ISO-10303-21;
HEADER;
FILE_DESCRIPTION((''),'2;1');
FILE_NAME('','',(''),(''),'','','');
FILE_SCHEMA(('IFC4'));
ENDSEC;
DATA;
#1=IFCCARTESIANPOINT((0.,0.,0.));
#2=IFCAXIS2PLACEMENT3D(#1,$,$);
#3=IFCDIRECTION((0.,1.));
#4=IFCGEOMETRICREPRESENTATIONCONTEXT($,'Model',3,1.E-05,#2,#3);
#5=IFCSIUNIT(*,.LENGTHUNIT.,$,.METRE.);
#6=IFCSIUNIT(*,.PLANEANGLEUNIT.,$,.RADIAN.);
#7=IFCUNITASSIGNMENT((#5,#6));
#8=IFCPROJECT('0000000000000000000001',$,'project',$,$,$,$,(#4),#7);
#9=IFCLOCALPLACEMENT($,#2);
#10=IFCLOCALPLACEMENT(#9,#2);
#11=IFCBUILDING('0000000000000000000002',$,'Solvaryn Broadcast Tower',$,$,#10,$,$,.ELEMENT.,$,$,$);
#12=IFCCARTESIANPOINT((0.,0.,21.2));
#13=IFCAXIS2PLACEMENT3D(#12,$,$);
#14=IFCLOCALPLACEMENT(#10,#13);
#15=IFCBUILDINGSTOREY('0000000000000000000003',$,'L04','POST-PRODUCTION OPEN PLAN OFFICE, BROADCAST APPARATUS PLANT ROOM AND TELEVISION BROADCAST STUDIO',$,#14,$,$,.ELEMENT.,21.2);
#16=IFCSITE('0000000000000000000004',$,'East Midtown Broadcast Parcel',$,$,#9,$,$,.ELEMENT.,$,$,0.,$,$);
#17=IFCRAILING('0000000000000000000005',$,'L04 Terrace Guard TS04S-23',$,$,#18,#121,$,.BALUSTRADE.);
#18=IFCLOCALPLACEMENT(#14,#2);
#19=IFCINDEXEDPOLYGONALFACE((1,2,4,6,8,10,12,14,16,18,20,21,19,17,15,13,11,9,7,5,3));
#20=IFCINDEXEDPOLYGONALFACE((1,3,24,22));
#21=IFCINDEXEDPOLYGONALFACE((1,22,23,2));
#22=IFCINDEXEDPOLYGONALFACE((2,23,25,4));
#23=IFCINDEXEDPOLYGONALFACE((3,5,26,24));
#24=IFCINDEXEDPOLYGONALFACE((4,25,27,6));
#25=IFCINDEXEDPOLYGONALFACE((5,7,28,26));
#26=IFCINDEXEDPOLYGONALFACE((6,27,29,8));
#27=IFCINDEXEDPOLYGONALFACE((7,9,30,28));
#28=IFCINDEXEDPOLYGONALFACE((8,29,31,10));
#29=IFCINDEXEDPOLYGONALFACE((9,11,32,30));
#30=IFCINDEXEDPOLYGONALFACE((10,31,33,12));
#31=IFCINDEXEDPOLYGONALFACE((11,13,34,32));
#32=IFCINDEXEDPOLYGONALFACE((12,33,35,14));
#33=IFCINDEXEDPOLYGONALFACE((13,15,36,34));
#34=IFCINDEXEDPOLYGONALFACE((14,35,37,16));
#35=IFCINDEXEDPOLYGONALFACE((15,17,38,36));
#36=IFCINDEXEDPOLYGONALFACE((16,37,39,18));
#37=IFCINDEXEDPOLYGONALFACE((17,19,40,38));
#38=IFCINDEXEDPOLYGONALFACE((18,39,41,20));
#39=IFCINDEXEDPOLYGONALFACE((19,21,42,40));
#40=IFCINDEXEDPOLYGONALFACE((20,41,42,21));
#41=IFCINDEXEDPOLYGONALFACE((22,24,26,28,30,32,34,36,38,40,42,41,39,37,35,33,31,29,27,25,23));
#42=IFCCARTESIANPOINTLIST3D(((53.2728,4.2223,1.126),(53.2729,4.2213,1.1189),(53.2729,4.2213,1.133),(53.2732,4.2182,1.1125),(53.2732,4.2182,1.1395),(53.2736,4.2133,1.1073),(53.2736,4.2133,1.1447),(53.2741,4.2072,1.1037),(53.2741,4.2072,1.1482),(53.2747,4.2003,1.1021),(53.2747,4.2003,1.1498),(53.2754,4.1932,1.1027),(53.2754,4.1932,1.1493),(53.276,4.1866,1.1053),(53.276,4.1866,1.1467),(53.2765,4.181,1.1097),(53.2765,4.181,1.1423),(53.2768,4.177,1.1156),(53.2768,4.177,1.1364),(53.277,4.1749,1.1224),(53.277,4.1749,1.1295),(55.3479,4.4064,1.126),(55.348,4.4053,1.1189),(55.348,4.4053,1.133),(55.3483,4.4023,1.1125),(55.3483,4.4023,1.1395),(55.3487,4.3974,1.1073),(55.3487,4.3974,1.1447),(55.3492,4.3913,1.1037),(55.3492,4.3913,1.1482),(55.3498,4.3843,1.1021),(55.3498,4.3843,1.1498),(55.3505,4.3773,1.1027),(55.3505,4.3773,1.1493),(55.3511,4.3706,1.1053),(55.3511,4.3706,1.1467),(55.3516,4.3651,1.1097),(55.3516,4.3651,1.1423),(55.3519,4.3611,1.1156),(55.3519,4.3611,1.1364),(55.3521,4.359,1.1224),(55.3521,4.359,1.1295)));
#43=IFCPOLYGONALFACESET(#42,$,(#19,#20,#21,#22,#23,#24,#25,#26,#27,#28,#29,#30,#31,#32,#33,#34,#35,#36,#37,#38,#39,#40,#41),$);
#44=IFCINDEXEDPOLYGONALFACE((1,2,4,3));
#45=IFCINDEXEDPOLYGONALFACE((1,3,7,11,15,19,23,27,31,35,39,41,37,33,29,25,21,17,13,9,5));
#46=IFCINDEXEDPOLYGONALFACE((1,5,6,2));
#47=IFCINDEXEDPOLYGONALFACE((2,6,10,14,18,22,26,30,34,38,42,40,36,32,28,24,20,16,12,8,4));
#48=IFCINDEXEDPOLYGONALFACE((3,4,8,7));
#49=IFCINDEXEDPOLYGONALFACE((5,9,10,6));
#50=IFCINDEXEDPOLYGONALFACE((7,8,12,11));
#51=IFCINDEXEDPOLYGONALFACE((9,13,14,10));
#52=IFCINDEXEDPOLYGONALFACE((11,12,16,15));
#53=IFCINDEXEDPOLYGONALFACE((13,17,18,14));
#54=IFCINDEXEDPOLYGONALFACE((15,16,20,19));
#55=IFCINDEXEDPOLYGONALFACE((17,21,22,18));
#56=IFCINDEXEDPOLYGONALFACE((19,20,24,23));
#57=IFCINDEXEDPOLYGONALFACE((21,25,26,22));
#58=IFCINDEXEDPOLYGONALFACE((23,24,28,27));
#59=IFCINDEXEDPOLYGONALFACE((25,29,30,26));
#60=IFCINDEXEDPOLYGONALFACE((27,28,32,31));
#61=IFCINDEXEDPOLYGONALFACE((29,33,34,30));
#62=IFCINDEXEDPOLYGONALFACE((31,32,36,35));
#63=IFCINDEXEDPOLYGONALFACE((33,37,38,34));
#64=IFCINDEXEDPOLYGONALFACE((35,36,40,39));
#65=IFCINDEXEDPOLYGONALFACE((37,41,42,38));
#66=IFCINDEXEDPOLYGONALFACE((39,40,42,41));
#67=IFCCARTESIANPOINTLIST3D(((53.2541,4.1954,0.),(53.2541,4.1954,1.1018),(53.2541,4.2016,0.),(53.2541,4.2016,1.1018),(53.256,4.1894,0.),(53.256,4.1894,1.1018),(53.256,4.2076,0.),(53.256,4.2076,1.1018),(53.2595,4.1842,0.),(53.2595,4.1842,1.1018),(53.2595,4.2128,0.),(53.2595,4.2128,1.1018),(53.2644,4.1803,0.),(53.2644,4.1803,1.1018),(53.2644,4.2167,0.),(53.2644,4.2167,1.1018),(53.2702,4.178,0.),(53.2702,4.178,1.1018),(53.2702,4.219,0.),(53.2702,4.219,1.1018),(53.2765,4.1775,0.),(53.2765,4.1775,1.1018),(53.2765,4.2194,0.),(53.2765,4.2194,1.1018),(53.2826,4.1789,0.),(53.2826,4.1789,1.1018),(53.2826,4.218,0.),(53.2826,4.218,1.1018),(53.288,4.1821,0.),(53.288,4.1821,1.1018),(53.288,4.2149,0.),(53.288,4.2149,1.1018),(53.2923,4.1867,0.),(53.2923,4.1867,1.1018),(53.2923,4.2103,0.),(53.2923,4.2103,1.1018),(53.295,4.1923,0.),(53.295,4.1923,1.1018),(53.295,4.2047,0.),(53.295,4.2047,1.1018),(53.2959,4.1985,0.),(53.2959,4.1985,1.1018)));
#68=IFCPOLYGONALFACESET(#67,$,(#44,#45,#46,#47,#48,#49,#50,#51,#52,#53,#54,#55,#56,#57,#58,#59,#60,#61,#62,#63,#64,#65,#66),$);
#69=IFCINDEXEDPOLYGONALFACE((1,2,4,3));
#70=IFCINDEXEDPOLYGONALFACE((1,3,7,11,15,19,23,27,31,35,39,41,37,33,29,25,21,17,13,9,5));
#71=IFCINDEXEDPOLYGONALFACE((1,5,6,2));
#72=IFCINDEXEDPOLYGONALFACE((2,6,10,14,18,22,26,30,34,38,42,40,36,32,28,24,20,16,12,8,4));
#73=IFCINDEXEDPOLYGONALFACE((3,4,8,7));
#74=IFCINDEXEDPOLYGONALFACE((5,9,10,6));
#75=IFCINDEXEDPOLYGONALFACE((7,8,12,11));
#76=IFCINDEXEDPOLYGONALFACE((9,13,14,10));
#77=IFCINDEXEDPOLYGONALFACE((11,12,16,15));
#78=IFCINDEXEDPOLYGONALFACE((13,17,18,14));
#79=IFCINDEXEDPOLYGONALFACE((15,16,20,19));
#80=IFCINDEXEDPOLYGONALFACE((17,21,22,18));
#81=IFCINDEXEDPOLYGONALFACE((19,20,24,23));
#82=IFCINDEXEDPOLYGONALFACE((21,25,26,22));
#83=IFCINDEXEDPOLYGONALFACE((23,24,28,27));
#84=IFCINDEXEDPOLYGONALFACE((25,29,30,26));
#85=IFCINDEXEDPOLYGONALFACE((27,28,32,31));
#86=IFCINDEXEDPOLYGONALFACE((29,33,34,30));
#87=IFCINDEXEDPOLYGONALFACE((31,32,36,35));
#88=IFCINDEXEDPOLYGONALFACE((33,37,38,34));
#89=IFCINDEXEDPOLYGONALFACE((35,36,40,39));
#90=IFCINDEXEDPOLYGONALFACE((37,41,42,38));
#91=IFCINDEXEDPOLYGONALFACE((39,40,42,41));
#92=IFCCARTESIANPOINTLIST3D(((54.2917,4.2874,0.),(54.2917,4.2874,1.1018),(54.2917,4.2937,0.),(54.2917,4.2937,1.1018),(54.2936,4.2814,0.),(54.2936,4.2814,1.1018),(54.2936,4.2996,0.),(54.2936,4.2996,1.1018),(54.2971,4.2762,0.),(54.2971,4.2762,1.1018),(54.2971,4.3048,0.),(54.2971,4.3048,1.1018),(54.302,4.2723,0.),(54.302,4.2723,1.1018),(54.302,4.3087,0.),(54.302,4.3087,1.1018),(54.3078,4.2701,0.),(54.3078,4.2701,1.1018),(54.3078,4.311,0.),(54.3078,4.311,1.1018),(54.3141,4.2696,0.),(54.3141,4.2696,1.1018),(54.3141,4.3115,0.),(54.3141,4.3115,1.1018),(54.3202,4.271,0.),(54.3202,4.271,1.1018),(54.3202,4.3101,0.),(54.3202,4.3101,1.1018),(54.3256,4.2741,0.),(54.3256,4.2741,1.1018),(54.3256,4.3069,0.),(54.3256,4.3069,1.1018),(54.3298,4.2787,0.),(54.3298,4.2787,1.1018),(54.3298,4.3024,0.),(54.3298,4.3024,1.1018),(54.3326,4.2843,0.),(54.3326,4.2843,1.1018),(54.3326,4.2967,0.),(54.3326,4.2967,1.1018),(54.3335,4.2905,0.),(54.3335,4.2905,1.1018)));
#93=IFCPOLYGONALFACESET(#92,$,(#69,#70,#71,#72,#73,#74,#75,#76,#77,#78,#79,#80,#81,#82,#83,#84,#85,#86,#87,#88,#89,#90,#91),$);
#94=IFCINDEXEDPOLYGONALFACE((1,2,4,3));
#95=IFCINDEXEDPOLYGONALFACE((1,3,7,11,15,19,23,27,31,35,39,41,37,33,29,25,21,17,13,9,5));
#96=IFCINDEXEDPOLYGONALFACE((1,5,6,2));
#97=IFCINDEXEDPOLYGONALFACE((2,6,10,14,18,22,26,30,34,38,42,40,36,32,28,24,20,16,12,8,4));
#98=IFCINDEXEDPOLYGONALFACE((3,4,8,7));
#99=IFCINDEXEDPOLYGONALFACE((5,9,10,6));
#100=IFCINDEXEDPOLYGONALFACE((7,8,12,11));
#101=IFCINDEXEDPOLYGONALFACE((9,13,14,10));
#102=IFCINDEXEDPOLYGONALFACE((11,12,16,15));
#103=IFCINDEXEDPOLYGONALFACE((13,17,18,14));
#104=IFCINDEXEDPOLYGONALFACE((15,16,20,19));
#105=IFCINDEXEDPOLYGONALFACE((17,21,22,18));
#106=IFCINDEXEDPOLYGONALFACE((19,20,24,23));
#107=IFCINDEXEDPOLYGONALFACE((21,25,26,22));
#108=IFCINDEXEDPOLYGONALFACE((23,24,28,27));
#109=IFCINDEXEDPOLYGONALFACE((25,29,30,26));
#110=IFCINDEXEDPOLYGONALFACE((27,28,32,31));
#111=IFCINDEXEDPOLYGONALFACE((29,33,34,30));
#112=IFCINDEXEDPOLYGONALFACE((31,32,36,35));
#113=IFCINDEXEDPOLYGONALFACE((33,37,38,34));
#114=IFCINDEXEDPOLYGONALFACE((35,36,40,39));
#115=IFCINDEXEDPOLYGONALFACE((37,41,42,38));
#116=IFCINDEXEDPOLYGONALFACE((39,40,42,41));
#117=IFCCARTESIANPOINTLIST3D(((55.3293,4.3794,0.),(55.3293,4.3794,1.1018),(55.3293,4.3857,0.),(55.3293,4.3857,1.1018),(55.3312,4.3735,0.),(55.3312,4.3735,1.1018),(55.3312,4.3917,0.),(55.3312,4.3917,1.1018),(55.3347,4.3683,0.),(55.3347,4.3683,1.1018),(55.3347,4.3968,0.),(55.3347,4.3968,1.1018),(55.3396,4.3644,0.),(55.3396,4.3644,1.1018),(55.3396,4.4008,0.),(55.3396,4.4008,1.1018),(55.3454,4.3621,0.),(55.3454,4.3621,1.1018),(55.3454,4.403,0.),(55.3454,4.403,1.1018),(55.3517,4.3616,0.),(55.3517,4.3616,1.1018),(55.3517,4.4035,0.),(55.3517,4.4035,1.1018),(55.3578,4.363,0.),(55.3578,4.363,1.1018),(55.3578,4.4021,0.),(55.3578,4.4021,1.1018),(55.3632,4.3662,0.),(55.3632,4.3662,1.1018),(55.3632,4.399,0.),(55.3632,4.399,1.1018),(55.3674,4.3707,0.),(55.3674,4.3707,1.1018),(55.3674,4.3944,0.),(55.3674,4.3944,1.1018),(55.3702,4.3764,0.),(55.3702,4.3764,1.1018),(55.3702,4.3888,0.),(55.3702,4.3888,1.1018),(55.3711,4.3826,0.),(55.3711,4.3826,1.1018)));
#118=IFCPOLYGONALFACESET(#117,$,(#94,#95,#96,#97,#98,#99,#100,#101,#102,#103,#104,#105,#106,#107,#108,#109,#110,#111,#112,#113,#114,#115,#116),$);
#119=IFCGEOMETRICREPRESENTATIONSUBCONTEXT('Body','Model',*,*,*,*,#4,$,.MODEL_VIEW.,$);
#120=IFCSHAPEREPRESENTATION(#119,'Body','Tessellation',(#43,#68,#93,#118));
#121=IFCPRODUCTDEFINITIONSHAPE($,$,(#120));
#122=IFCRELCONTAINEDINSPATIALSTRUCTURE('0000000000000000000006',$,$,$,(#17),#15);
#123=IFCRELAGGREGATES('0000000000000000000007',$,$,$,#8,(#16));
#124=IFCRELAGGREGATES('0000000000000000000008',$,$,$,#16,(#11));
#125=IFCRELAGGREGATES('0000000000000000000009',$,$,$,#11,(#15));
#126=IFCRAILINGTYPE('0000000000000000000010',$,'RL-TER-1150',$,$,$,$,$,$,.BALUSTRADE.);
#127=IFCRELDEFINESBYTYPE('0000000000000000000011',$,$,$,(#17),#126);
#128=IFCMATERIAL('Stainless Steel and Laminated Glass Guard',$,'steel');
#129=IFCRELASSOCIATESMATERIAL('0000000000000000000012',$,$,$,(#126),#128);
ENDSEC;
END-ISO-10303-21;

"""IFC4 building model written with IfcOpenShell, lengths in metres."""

from ifc_helpers import new_model, si_unit, direction, frame, origin, origin_2d, place, context, subcontext, project, spatial, circle, extrude, material, type_object, element, save


model = new_model("IFC4")

# Units and contexts
model_context = context("Model", 3, precision=1e-05, world=origin(), true_north=direction((0.0, 1.0)))
body_context = subcontext(model_context, "Body", "Model", "MODEL_VIEW")
ifc_project = project(units=[si_unit("LENGTHUNIT", "METRE"), si_unit("PLANEANGLEUNIT", "RADIAN")], contexts=[model_context])

# Site, building, storey
site_placement = place(None, origin())
site = spatial("IfcSite", under=ifc_project, at=site_placement, Name="East Midtown Broadcast Parcel", CompositionType="ELEMENT", RefElevation=0.0)
building_placement = place(site_placement, origin())
building = spatial("IfcBuilding", under=site, at=building_placement, Name="Solvaryn Broadcast Tower", CompositionType="ELEMENT")
storey_placement = place(building_placement, frame((0.0, 0.0, 21.2)))
storey = spatial("IfcBuildingStorey", under=building, at=storey_placement, Name="L04", Description="POST-PRODUCTION OPEN PLAN OFFICE, BROADCAST APPARATUS PLANT ROOM AND TELEVISION BROADCAST STUDIO", CompositionType="ELEMENT", Elevation=21.2)

# Railing
ifc_material_1 = material(Name="Stainless Steel and Laminated Glass Guard", Category="steel")
railing_type = type_object("IfcRailingType", Name="RL-TER-1150", PredefinedType="BALUSTRADE", material=ifc_material_1)
railing_1_placement = place(storey_placement, frame((53.2749, 4.1985, 0.0)))
element("IfcRailing", 1, at=railing_1_placement, inside=storey, type_object=railing_type, Name="L04 Terrace Guard TS04S-23", PredefinedType="BALUSTRADE", context=body_context, shape_type="SweptSolid", body=[
    extrude(circle(Radius=0.0239, at=origin_2d()), frame((0.0, 0.0, 1.126), z_axis=(0.996089, 0.088359, 0.0), x_axis=(-0.088359, 0.996089, 0.0)), (0.0, 0.0, 1.0), 2.0833),
    extrude(circle(Radius=0.021, at=origin_2d()), origin(), (0.0, 0.0, 1.0), 1.1018),
    extrude(circle(Radius=0.021, at=origin_2d()), frame((1.0376, 0.092, 0.0)), (0.0, 0.0, 1.0), 1.1018),
    extrude(circle(Radius=0.021, at=origin_2d()), frame((2.0752, 0.1841, 0.0)), (0.0, 0.0, 1.0), 1.1018),
])

save(model, "model.ifc")
